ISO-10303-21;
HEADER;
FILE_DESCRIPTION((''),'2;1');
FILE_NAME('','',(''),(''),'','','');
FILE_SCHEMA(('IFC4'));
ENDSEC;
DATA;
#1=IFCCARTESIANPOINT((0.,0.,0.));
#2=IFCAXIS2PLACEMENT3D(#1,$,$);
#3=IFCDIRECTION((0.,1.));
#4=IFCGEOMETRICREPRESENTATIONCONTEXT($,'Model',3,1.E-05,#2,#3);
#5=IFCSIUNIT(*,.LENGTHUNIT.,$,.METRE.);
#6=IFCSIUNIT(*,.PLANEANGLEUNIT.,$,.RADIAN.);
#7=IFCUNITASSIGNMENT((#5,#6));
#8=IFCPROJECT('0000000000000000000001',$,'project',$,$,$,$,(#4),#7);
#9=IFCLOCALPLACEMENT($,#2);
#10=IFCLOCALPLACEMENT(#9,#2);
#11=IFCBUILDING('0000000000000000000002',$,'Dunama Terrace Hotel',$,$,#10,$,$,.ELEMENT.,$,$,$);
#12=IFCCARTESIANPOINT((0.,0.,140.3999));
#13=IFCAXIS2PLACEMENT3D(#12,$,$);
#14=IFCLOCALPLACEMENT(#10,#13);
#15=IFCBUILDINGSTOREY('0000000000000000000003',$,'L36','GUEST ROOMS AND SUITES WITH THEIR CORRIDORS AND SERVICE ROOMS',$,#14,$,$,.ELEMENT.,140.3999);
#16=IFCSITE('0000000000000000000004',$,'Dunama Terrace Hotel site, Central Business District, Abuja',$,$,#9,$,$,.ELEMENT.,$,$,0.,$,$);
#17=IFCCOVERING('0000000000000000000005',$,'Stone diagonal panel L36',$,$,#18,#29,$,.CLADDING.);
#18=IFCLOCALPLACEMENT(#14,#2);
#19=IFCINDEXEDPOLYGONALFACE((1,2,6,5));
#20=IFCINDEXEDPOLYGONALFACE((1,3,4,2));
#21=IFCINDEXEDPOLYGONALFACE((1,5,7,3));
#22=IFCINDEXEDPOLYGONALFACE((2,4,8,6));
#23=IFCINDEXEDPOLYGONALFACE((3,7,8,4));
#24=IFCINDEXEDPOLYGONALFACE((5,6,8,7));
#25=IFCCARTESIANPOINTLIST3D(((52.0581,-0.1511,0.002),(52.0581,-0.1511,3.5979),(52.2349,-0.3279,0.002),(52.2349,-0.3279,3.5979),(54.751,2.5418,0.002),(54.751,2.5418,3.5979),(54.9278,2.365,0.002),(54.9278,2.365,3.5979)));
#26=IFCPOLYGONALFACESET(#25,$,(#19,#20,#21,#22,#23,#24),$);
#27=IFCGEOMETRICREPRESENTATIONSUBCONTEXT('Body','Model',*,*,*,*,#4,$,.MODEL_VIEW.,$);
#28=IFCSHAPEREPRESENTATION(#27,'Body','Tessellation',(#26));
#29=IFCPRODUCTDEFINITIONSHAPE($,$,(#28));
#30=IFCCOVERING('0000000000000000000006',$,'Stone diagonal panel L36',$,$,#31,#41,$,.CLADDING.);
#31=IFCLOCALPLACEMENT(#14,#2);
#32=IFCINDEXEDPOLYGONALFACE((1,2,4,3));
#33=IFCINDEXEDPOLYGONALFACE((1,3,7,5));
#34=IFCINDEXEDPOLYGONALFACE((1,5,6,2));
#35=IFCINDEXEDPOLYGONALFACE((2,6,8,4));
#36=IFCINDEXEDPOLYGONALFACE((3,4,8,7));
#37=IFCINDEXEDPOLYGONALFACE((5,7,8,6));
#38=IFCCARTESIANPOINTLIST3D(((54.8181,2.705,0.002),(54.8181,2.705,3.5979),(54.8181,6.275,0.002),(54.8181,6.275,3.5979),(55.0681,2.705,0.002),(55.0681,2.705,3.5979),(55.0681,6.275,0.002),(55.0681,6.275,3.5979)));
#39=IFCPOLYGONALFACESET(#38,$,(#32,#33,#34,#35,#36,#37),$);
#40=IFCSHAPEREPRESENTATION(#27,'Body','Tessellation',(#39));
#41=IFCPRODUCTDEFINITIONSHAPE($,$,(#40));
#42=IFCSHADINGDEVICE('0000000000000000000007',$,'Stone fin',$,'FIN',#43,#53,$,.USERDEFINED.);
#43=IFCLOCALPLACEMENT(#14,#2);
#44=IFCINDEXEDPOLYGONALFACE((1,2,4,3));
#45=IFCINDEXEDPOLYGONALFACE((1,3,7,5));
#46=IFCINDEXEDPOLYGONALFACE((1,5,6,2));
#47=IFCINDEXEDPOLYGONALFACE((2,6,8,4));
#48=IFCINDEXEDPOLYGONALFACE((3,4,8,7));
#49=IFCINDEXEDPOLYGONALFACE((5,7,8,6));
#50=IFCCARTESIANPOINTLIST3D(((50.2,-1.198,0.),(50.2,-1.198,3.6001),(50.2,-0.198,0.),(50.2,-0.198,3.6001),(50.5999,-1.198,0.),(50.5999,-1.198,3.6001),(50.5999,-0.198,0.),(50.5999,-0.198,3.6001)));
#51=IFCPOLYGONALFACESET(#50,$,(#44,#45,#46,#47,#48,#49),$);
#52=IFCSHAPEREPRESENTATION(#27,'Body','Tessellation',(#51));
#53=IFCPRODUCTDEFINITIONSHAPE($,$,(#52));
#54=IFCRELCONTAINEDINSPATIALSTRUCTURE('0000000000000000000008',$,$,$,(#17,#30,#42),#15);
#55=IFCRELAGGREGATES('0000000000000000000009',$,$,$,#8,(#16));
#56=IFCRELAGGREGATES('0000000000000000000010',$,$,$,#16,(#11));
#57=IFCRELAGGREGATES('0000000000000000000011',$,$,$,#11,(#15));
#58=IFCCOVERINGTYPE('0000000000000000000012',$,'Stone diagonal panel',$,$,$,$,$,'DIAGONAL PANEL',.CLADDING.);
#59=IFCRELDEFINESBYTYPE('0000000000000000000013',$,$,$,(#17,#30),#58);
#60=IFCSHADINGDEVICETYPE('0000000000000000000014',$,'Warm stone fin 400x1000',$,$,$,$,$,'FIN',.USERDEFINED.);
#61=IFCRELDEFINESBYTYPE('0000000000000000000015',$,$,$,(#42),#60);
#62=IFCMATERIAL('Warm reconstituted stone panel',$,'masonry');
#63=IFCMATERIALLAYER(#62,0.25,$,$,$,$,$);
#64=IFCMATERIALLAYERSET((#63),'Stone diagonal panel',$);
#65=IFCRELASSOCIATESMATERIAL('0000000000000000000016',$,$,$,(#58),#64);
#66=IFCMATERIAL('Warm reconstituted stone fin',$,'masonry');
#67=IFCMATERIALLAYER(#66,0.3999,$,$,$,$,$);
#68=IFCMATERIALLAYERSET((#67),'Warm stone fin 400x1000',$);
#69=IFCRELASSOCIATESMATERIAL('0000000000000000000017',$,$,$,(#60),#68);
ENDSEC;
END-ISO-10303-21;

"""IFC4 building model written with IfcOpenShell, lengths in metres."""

from ifc_helpers import new_model, si_unit, direction, frame, origin, origin_2d, place, context, subcontext, project, spatial, rectangle, extrude, material, layer, layer_set, type_object, element, save


model = new_model("IFC4")

# Units and contexts
model_context = context("Model", 3, precision=1e-05, world=origin(), true_north=direction((0.0, 1.0)))
body_context = subcontext(model_context, "Body", "Model", "MODEL_VIEW")
ifc_project = project(units=[si_unit("LENGTHUNIT", "METRE"), si_unit("PLANEANGLEUNIT", "RADIAN")], contexts=[model_context])

# Site, building, storey
site_placement = place(None, origin())
site = spatial("IfcSite", under=ifc_project, at=site_placement, Name="Dunama Terrace Hotel site, Central Business District, Abuja", CompositionType="ELEMENT", RefElevation=0.0)
building_placement = place(site_placement, origin())
building = spatial("IfcBuilding", under=site, at=building_placement, Name="Dunama Terrace Hotel", CompositionType="ELEMENT")
storey_placement = place(building_placement, frame((0.0, 0.0, 140.3999)))
storey = spatial("IfcBuildingStorey", under=building, at=storey_placement, Name="L36", Description="GUEST ROOMS AND SUITES WITH THEIR CORRIDORS AND SERVICE ROOMS", CompositionType="ELEMENT", Elevation=140.3999)

# Coverings
ifc_material_1 = material(Name="Warm reconstituted stone panel", Category="masonry")
ifc_layer_1 = layer(ifc_material_1, 0.25)
ifc_layer_set_1 = layer_set([ifc_layer_1], Name="Stone diagonal panel")
covering_type = type_object("IfcCoveringType", Name="Stone diagonal panel", ElementType="DIAGONAL PANEL", PredefinedType="CLADDING", material=ifc_layer_set_1)
covering_1_placement = place(storey_placement, frame((53.4929, 1.1069, 0.002), z_axis=(0.0, 0.0, 1.0), x_axis=(0.707107, 0.707107, 0.0)))
element("IfcCovering", 1, at=covering_1_placement, inside=storey, type_object=covering_type, Name="Stone diagonal panel L36", PredefinedType="CLADDING", context=body_context, shape_type="SweptSolid", body=[
    extrude(rectangle(XDim=3.8083, YDim=0.25, at=origin_2d()), origin(), (0.0, 0.0, 1.0), 3.5959),
])
covering_2_placement = place(storey_placement, frame((54.9431, 4.49, 0.002), z_axis=(0.0, 0.0, 1.0), x_axis=(0.0, 1.0, 0.0)))
element("IfcCovering", 2, at=covering_2_placement, inside=storey, type_object=covering_type, Name="Stone diagonal panel L36", PredefinedType="CLADDING", context=body_context, shape_type="SweptSolid", body=[
    extrude(rectangle(XDim=3.5701, YDim=0.25, at=origin_2d()), origin(), (0.0, 0.0, 1.0), 3.5959),
])

# Shading device
ifc_material_2 = material(Name="Warm reconstituted stone fin", Category="masonry")
ifc_layer_2 = layer(ifc_material_2, 0.3999)
ifc_layer_set_2 = layer_set([ifc_layer_2], Name="Warm stone fin 400x1000")
shading_device_type = type_object("IfcShadingDeviceType", Name="Warm stone fin 400x1000", ElementType="FIN", PredefinedType="USERDEFINED", material=ifc_layer_set_2)
shading_device_placement = place(storey_placement, frame((50.3999, -0.698, 0.0), z_axis=(0.0, 0.0, 1.0), x_axis=(1.0, 0.0, 0.0)))
element("IfcShadingDevice", 3, at=shading_device_placement, inside=storey, type_object=shading_device_type, Name="Stone fin", ObjectType="FIN", PredefinedType="USERDEFINED", context=body_context, shape_type="SweptSolid", body=[
    extrude(rectangle(XDim=0.3999, YDim=1.0, at=origin_2d()), origin(), (0.0, 0.0, 1.0), 3.6001),
])

save(model, "model.ifc")
